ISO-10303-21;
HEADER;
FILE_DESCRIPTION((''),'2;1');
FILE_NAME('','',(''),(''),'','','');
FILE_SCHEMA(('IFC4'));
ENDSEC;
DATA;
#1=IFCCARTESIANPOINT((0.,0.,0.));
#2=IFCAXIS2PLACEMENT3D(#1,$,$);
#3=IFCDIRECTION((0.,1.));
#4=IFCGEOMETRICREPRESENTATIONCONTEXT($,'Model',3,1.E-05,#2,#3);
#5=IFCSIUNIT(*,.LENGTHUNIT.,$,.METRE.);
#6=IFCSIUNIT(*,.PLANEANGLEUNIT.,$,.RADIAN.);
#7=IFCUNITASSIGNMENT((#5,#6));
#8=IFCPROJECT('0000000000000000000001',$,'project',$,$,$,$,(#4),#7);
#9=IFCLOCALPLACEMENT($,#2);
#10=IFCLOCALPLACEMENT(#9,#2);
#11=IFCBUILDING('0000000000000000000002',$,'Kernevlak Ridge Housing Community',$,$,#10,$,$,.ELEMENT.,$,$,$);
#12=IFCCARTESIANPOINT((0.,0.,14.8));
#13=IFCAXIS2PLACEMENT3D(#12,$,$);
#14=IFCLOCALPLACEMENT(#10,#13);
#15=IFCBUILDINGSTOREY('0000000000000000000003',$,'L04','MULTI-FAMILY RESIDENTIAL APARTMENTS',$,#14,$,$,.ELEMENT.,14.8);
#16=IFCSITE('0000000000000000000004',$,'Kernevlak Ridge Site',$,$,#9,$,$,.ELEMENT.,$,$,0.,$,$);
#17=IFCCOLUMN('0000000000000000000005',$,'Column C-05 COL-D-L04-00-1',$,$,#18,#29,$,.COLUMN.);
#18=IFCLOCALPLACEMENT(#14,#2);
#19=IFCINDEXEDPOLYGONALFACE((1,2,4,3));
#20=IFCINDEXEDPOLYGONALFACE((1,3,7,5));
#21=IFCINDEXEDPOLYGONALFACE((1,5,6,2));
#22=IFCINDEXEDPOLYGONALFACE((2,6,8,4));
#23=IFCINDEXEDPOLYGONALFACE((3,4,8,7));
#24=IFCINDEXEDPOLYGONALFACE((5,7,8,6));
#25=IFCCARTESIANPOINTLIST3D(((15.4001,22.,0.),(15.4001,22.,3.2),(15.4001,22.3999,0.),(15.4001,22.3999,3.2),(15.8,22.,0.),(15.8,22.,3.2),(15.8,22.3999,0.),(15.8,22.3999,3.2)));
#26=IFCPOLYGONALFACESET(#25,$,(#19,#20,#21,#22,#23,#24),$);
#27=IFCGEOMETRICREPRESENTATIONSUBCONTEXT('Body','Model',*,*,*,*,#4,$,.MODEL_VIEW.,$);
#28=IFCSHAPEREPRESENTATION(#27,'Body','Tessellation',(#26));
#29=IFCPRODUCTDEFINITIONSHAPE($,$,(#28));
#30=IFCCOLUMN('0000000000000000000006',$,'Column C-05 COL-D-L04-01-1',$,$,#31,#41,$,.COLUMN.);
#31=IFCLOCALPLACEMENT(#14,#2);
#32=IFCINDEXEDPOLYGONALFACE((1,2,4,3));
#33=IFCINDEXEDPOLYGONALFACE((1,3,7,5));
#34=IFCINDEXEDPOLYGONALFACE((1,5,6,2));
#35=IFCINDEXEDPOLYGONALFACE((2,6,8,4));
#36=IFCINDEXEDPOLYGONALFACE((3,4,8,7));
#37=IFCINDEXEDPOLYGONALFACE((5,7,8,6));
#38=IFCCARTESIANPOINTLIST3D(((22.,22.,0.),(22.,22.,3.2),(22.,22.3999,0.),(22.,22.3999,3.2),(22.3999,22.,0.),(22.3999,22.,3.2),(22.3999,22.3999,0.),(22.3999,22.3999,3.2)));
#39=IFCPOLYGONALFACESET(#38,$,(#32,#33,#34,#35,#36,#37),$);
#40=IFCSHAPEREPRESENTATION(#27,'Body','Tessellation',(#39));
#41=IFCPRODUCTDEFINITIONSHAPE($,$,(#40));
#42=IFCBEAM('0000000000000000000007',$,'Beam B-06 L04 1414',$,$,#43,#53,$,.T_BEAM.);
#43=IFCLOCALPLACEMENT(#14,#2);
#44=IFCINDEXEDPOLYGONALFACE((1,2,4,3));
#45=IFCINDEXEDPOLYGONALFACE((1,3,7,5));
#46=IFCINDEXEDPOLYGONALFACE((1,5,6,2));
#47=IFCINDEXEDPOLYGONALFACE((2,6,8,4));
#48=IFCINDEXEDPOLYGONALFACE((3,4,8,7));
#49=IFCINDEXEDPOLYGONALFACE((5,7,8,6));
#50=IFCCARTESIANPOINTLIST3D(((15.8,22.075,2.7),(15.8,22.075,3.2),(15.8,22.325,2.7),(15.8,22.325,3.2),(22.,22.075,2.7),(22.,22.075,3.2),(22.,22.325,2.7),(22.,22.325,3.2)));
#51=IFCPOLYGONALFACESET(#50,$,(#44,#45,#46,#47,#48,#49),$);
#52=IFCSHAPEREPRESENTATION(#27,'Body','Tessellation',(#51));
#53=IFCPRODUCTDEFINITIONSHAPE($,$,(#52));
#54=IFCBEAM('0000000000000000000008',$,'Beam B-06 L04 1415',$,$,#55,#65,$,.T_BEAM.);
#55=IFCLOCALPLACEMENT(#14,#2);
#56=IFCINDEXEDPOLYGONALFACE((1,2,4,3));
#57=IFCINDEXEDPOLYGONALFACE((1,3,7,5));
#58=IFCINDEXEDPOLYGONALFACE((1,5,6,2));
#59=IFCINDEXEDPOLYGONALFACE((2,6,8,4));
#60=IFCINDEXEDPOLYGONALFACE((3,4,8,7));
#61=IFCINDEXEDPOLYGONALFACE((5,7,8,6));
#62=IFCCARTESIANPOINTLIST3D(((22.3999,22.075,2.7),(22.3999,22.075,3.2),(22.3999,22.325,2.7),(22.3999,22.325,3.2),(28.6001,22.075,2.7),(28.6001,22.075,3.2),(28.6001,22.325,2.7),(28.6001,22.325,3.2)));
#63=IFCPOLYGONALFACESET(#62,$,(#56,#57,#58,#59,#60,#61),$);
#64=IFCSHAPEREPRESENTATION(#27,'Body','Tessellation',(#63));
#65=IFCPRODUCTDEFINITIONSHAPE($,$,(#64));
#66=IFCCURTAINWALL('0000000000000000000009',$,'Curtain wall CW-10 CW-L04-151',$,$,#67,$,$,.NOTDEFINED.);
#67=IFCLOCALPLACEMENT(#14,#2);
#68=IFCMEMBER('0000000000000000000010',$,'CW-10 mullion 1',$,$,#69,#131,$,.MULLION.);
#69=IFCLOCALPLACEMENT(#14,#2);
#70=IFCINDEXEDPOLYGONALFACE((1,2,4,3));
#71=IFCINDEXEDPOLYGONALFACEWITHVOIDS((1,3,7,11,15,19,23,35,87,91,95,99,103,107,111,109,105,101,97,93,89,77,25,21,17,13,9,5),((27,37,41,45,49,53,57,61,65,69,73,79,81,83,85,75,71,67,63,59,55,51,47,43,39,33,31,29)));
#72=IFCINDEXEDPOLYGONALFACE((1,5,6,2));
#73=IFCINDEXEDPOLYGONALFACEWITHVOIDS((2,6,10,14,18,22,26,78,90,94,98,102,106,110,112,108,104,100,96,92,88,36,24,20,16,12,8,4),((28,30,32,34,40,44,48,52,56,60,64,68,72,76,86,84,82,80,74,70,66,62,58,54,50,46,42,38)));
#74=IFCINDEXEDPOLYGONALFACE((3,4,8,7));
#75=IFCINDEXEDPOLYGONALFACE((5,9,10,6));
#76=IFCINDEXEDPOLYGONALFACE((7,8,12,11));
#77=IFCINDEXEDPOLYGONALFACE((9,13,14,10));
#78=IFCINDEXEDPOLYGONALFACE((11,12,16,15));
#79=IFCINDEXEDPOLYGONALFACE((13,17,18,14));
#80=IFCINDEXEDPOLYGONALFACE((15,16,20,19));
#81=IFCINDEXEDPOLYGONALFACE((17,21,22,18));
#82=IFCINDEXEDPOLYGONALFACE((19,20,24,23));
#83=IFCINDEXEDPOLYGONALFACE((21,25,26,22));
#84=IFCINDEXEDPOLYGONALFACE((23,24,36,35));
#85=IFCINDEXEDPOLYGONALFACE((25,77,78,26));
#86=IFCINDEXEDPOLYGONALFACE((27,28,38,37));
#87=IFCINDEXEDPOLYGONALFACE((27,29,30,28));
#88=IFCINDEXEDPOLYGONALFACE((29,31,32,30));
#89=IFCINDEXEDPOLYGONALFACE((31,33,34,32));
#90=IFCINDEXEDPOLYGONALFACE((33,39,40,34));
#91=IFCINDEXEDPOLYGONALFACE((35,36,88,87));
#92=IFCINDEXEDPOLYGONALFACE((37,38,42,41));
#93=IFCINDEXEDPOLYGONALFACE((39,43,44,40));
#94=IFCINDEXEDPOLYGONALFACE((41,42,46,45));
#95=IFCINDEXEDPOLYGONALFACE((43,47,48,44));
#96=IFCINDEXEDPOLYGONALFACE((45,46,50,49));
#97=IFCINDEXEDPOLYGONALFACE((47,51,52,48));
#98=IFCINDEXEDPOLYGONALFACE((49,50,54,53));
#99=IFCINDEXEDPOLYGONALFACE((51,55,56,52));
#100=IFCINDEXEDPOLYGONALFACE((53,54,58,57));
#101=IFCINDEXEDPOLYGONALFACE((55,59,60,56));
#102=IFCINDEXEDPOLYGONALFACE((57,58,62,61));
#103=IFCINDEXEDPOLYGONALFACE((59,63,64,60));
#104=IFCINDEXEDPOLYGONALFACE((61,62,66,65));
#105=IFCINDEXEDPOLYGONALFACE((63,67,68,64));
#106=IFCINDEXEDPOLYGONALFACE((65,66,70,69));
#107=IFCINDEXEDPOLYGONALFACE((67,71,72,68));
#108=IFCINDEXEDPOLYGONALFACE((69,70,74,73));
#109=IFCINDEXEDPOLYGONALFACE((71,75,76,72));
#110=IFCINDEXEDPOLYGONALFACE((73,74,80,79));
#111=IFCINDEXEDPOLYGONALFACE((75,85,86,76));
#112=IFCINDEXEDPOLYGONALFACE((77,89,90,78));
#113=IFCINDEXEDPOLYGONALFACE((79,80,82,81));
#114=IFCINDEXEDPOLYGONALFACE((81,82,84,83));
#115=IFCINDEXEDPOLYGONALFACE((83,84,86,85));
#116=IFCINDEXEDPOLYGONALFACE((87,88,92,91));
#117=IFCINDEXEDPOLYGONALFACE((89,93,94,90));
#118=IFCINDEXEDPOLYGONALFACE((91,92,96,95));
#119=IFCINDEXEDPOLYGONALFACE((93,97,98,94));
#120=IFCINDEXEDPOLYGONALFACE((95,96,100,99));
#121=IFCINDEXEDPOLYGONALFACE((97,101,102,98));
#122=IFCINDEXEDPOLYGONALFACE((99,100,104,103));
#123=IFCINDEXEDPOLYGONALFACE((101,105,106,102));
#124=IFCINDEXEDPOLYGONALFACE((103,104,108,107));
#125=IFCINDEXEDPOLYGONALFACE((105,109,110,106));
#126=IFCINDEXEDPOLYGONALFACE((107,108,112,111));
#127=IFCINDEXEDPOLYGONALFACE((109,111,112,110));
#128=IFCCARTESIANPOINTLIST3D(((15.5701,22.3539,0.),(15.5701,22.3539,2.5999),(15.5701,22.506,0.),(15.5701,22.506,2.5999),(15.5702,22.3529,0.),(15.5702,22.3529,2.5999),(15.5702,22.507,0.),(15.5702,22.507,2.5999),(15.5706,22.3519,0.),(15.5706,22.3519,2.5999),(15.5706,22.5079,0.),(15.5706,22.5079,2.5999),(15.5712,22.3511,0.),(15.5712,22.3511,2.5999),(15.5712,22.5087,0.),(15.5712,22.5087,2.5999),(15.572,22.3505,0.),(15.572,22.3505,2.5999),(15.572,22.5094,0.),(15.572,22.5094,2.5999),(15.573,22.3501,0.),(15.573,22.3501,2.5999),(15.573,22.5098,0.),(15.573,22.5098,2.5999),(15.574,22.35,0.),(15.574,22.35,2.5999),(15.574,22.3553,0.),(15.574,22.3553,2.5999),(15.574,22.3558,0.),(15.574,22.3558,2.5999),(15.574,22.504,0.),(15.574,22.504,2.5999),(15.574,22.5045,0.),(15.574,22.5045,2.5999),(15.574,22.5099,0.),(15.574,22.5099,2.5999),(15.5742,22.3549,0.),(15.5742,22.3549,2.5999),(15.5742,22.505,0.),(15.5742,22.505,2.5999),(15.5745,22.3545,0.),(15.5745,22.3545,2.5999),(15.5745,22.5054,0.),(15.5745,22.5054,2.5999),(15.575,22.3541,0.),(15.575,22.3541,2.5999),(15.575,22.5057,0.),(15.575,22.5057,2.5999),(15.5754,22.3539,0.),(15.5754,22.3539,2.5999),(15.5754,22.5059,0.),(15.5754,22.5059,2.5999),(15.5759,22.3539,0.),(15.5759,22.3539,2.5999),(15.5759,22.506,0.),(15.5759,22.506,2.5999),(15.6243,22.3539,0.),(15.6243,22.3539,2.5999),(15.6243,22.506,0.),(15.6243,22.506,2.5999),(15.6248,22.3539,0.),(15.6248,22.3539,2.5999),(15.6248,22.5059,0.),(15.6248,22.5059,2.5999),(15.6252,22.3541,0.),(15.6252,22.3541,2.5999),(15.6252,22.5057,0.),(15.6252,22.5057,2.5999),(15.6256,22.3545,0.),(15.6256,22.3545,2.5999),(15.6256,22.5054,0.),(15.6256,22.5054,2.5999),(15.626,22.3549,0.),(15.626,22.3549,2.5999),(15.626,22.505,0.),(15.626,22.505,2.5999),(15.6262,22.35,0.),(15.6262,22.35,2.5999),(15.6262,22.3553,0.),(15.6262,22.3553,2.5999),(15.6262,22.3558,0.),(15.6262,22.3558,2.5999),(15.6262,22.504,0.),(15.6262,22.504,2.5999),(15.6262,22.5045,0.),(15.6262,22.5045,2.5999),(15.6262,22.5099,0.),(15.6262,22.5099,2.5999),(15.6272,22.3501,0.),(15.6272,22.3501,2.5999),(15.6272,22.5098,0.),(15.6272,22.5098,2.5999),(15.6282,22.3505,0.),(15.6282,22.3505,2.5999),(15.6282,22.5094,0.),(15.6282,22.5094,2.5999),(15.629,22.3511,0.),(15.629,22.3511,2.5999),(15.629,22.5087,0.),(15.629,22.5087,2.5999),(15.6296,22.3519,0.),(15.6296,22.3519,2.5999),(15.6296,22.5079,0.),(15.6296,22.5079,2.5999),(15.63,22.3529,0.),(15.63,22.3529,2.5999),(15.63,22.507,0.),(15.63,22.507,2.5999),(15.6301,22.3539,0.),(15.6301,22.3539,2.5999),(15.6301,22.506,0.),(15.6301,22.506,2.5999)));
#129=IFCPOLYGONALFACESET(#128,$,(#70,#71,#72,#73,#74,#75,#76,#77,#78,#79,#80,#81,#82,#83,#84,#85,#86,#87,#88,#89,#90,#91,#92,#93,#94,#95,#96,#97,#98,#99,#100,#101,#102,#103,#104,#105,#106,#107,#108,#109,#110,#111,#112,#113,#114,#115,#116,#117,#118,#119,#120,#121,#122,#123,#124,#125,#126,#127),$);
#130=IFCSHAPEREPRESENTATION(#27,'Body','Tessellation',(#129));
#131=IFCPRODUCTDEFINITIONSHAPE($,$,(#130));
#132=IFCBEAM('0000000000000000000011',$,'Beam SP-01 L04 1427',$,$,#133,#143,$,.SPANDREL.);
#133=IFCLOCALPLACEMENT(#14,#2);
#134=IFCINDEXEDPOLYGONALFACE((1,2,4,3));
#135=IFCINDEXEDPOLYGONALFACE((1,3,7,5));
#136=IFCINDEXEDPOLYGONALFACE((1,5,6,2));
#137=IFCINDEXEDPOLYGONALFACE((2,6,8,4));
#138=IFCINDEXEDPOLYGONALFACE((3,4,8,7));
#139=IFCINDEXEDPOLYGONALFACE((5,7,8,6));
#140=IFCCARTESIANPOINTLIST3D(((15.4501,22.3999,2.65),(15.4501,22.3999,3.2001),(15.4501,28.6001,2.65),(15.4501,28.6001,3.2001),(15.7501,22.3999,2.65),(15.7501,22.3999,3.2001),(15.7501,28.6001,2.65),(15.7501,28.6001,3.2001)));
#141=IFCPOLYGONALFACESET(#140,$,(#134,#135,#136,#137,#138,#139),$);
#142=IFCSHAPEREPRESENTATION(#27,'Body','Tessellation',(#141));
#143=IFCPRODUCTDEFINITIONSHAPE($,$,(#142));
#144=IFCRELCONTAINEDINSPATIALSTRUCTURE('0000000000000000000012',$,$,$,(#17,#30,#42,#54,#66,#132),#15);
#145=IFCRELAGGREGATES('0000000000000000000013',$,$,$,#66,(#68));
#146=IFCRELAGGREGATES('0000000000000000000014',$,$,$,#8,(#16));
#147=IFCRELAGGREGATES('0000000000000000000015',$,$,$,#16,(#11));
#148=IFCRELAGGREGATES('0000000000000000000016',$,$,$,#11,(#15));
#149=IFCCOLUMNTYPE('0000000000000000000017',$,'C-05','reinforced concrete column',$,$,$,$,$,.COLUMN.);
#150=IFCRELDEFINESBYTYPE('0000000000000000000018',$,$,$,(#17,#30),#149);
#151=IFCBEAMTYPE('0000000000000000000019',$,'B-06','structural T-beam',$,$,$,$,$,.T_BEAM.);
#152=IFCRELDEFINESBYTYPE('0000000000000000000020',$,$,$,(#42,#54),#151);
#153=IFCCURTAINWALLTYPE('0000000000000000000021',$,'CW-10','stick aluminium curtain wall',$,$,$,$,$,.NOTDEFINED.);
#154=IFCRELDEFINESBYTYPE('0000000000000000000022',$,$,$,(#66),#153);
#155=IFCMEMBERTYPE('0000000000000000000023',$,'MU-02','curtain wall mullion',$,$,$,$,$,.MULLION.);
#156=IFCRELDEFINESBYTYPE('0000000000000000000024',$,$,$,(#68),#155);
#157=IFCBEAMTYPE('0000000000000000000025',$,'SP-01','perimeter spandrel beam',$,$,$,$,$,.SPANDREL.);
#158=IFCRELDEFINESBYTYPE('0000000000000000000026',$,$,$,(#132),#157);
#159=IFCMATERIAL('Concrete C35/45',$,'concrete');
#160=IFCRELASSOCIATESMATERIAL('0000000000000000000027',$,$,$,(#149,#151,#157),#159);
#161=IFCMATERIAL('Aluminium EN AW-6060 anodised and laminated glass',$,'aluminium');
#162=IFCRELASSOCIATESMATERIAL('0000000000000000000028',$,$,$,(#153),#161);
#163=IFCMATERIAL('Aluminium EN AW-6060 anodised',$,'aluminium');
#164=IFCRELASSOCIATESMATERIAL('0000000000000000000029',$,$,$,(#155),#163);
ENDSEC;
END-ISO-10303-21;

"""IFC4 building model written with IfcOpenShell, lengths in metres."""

from ifc_helpers import new_model, si_unit, direction, frame, origin, origin_2d, place, context, subcontext, project, spatial, rectangle, hollow_rectangle, extrude, material, material_profile, profile_set, type_object, element, aggregate, save


model = new_model("IFC4")

# Units and contexts
model_context = context("Model", 3, precision=1e-05, world=origin(), true_north=direction((0.0, 1.0)))
body_context = subcontext(model_context, "Body", "Model", "MODEL_VIEW")
ifc_project = project(units=[si_unit("LENGTHUNIT", "METRE"), si_unit("PLANEANGLEUNIT", "RADIAN")], contexts=[model_context])

# Site, building, storey
site_placement = place(None, origin())
site = spatial("IfcSite", under=ifc_project, at=site_placement, Name="Kernevlak Ridge Site", CompositionType="ELEMENT", RefElevation=0.0)
building_placement = place(site_placement, origin())
building = spatial("IfcBuilding", under=site, at=building_placement, Name="Kernevlak Ridge Housing Community", CompositionType="ELEMENT")
storey_placement = place(building_placement, frame((0.0, 0.0, 14.8)))
storey = spatial("IfcBuildingStorey", under=building, at=storey_placement, Name="L04", Description="MULTI-FAMILY RESIDENTIAL APARTMENTS", CompositionType="ELEMENT", Elevation=14.8)

# Columns
ifc_material_1 = material(Name="Concrete C35/45", Category="concrete")
ifc_material_profile_1 = material_profile(ifc_material_1, rectangle(XDim=0.3999, YDim=0.3999, at=origin_2d()), Name="RC 400x400")
ifc_profile_set_1 = profile_set([ifc_material_profile_1], Name="Concrete C35/45")
column_type = type_object("IfcColumnType", Name="C-05", Description="reinforced concrete column", PredefinedType="COLUMN", material=ifc_profile_set_1)
for number, where, z_axis, x_axis, name in (
    (1, (15.6001, 22.2, 0.0), (0.0, 0.0, 1.0), (1.0, 0.0, 0.0), "Column C-05 COL-D-L04-00-1"),
    (2, (22.2, 22.2, 0.0), (0.0, 0.0, 1.0), (1.0, 0.0, 0.0), "Column C-05 COL-D-L04-01-1"),
):
    element("IfcColumn", number, at=place(storey_placement, frame(where, z_axis=z_axis, x_axis=x_axis)), inside=storey, type_object=column_type, Name=name, PredefinedType="COLUMN", context=body_context, shape_type="SweptSolid", body=[
        extrude(rectangle(XDim=0.3999, YDim=0.3999, at=origin_2d()), origin(), (0.0, 0.0, 1.0), 3.2),
    ])

# Beams
ifc_material_profile_2 = material_profile(ifc_material_1, rectangle(XDim=0.25, YDim=0.5, at=origin_2d()), Name="RC 250x500")
ifc_profile_set_2 = profile_set([ifc_material_profile_2], Name="Concrete C35/45")
beam_type_1 = type_object("IfcBeamType", Name="B-06", Description="structural T-beam", PredefinedType="T_BEAM", material=ifc_profile_set_2)
beam_1_placement = place(storey_placement, frame((15.8, 22.2, 2.95), z_axis=(1.0, 0.0, 0.0), x_axis=(0.0, 1.0, 0.0)))
element("IfcBeam", 3, at=beam_1_placement, inside=storey, type_object=beam_type_1, Name="Beam B-06 L04 1414", PredefinedType="T_BEAM", context=body_context, shape_type="SweptSolid", body=[
    extrude(rectangle(XDim=0.25, YDim=0.5, at=origin_2d()), origin(), (0.0, 0.0, 1.0), 6.2),
])
beam_2_placement = place(storey_placement, frame((22.3999, 22.2, 2.95), z_axis=(1.0, 0.0, 0.0), x_axis=(0.0, 1.0, 0.0)))
element("IfcBeam", 4, at=beam_2_placement, inside=storey, type_object=beam_type_1, Name="Beam B-06 L04 1415", PredefinedType="T_BEAM", context=body_context, shape_type="SweptSolid", body=[
    extrude(rectangle(XDim=0.25, YDim=0.5, at=origin_2d()), origin(), (0.0, 0.0, 1.0), 6.2002),
])

# Curtain wall, member
ifc_material_2 = material(Name="Aluminium EN AW-6060 anodised and laminated glass", Category="aluminium")
curtain_wall_type = type_object("IfcCurtainWallType", Name="CW-10", Description="stick aluminium curtain wall", PredefinedType="NOTDEFINED", material=ifc_material_2)
curtain_wall_placement = place(storey_placement, origin())
curtain_wall = element("IfcCurtainWall", 5, at=curtain_wall_placement, inside=storey, type_object=curtain_wall_type, Name="Curtain wall CW-10 CW-L04-151", PredefinedType="NOTDEFINED")
ifc_material_3 = material(Name="Aluminium EN AW-6060 anodised", Category="aluminium")
ifc_material_profile_3 = material_profile(ifc_material_3, hollow_rectangle(XDim=0.0601, YDim=0.1599, WallThickness=0.0039, InnerFilletRadius=0.002, OuterFilletRadius=0.0039, at=origin_2d()), Name="ALU 60x160x4")
ifc_profile_set_3 = profile_set([ifc_material_profile_3], Name="Aluminium EN AW-6060 anodised")
member_type_1 = type_object("IfcMemberType", Name="MU-02", Description="curtain wall mullion", PredefinedType="MULLION", material=ifc_profile_set_3)
member_1_placement = place(storey_placement, frame((15.6001, 22.4299, 0.0), z_axis=(0.0, 0.0, 1.0), x_axis=(-1.0, 0.0, 0.0)))
member_1 = element("IfcMember", 6, at=member_1_placement, type_object=member_type_1, Name="CW-10 mullion 1", PredefinedType="MULLION", context=body_context, shape_type="SweptSolid", body=[
    extrude(hollow_rectangle(XDim=0.0601, YDim=0.1599, WallThickness=0.0039, InnerFilletRadius=0.002, OuterFilletRadius=0.0039, at=origin_2d()), origin(), (0.0, 0.0, 1.0), 2.5999),
])

# Beam
ifc_material_profile_4 = material_profile(ifc_material_1, rectangle(XDim=0.3, YDim=0.55, at=origin_2d()), Name="RC 300x550")
ifc_profile_set_4 = profile_set([ifc_material_profile_4], Name="Concrete C35/45")
beam_type_2 = type_object("IfcBeamType", Name="SP-01", Description="perimeter spandrel beam", PredefinedType="SPANDREL", material=ifc_profile_set_4)
beam_3_placement = place(storey_placement, frame((15.6001, 22.3999, 2.925), z_axis=(0.0, 1.0, 0.0), x_axis=(-1.0, 0.0, 0.0)))
element("IfcBeam", 7, at=beam_3_placement, inside=storey, type_object=beam_type_2, Name="Beam SP-01 L04 1427", PredefinedType="SPANDREL", context=body_context, shape_type="SweptSolid", body=[
    extrude(rectangle(XDim=0.3, YDim=0.55, at=origin_2d()), origin(), (0.0, 0.0, 1.0), 6.2002),
])

aggregate(curtain_wall, [member_1])

save(model, "model.ifc")
